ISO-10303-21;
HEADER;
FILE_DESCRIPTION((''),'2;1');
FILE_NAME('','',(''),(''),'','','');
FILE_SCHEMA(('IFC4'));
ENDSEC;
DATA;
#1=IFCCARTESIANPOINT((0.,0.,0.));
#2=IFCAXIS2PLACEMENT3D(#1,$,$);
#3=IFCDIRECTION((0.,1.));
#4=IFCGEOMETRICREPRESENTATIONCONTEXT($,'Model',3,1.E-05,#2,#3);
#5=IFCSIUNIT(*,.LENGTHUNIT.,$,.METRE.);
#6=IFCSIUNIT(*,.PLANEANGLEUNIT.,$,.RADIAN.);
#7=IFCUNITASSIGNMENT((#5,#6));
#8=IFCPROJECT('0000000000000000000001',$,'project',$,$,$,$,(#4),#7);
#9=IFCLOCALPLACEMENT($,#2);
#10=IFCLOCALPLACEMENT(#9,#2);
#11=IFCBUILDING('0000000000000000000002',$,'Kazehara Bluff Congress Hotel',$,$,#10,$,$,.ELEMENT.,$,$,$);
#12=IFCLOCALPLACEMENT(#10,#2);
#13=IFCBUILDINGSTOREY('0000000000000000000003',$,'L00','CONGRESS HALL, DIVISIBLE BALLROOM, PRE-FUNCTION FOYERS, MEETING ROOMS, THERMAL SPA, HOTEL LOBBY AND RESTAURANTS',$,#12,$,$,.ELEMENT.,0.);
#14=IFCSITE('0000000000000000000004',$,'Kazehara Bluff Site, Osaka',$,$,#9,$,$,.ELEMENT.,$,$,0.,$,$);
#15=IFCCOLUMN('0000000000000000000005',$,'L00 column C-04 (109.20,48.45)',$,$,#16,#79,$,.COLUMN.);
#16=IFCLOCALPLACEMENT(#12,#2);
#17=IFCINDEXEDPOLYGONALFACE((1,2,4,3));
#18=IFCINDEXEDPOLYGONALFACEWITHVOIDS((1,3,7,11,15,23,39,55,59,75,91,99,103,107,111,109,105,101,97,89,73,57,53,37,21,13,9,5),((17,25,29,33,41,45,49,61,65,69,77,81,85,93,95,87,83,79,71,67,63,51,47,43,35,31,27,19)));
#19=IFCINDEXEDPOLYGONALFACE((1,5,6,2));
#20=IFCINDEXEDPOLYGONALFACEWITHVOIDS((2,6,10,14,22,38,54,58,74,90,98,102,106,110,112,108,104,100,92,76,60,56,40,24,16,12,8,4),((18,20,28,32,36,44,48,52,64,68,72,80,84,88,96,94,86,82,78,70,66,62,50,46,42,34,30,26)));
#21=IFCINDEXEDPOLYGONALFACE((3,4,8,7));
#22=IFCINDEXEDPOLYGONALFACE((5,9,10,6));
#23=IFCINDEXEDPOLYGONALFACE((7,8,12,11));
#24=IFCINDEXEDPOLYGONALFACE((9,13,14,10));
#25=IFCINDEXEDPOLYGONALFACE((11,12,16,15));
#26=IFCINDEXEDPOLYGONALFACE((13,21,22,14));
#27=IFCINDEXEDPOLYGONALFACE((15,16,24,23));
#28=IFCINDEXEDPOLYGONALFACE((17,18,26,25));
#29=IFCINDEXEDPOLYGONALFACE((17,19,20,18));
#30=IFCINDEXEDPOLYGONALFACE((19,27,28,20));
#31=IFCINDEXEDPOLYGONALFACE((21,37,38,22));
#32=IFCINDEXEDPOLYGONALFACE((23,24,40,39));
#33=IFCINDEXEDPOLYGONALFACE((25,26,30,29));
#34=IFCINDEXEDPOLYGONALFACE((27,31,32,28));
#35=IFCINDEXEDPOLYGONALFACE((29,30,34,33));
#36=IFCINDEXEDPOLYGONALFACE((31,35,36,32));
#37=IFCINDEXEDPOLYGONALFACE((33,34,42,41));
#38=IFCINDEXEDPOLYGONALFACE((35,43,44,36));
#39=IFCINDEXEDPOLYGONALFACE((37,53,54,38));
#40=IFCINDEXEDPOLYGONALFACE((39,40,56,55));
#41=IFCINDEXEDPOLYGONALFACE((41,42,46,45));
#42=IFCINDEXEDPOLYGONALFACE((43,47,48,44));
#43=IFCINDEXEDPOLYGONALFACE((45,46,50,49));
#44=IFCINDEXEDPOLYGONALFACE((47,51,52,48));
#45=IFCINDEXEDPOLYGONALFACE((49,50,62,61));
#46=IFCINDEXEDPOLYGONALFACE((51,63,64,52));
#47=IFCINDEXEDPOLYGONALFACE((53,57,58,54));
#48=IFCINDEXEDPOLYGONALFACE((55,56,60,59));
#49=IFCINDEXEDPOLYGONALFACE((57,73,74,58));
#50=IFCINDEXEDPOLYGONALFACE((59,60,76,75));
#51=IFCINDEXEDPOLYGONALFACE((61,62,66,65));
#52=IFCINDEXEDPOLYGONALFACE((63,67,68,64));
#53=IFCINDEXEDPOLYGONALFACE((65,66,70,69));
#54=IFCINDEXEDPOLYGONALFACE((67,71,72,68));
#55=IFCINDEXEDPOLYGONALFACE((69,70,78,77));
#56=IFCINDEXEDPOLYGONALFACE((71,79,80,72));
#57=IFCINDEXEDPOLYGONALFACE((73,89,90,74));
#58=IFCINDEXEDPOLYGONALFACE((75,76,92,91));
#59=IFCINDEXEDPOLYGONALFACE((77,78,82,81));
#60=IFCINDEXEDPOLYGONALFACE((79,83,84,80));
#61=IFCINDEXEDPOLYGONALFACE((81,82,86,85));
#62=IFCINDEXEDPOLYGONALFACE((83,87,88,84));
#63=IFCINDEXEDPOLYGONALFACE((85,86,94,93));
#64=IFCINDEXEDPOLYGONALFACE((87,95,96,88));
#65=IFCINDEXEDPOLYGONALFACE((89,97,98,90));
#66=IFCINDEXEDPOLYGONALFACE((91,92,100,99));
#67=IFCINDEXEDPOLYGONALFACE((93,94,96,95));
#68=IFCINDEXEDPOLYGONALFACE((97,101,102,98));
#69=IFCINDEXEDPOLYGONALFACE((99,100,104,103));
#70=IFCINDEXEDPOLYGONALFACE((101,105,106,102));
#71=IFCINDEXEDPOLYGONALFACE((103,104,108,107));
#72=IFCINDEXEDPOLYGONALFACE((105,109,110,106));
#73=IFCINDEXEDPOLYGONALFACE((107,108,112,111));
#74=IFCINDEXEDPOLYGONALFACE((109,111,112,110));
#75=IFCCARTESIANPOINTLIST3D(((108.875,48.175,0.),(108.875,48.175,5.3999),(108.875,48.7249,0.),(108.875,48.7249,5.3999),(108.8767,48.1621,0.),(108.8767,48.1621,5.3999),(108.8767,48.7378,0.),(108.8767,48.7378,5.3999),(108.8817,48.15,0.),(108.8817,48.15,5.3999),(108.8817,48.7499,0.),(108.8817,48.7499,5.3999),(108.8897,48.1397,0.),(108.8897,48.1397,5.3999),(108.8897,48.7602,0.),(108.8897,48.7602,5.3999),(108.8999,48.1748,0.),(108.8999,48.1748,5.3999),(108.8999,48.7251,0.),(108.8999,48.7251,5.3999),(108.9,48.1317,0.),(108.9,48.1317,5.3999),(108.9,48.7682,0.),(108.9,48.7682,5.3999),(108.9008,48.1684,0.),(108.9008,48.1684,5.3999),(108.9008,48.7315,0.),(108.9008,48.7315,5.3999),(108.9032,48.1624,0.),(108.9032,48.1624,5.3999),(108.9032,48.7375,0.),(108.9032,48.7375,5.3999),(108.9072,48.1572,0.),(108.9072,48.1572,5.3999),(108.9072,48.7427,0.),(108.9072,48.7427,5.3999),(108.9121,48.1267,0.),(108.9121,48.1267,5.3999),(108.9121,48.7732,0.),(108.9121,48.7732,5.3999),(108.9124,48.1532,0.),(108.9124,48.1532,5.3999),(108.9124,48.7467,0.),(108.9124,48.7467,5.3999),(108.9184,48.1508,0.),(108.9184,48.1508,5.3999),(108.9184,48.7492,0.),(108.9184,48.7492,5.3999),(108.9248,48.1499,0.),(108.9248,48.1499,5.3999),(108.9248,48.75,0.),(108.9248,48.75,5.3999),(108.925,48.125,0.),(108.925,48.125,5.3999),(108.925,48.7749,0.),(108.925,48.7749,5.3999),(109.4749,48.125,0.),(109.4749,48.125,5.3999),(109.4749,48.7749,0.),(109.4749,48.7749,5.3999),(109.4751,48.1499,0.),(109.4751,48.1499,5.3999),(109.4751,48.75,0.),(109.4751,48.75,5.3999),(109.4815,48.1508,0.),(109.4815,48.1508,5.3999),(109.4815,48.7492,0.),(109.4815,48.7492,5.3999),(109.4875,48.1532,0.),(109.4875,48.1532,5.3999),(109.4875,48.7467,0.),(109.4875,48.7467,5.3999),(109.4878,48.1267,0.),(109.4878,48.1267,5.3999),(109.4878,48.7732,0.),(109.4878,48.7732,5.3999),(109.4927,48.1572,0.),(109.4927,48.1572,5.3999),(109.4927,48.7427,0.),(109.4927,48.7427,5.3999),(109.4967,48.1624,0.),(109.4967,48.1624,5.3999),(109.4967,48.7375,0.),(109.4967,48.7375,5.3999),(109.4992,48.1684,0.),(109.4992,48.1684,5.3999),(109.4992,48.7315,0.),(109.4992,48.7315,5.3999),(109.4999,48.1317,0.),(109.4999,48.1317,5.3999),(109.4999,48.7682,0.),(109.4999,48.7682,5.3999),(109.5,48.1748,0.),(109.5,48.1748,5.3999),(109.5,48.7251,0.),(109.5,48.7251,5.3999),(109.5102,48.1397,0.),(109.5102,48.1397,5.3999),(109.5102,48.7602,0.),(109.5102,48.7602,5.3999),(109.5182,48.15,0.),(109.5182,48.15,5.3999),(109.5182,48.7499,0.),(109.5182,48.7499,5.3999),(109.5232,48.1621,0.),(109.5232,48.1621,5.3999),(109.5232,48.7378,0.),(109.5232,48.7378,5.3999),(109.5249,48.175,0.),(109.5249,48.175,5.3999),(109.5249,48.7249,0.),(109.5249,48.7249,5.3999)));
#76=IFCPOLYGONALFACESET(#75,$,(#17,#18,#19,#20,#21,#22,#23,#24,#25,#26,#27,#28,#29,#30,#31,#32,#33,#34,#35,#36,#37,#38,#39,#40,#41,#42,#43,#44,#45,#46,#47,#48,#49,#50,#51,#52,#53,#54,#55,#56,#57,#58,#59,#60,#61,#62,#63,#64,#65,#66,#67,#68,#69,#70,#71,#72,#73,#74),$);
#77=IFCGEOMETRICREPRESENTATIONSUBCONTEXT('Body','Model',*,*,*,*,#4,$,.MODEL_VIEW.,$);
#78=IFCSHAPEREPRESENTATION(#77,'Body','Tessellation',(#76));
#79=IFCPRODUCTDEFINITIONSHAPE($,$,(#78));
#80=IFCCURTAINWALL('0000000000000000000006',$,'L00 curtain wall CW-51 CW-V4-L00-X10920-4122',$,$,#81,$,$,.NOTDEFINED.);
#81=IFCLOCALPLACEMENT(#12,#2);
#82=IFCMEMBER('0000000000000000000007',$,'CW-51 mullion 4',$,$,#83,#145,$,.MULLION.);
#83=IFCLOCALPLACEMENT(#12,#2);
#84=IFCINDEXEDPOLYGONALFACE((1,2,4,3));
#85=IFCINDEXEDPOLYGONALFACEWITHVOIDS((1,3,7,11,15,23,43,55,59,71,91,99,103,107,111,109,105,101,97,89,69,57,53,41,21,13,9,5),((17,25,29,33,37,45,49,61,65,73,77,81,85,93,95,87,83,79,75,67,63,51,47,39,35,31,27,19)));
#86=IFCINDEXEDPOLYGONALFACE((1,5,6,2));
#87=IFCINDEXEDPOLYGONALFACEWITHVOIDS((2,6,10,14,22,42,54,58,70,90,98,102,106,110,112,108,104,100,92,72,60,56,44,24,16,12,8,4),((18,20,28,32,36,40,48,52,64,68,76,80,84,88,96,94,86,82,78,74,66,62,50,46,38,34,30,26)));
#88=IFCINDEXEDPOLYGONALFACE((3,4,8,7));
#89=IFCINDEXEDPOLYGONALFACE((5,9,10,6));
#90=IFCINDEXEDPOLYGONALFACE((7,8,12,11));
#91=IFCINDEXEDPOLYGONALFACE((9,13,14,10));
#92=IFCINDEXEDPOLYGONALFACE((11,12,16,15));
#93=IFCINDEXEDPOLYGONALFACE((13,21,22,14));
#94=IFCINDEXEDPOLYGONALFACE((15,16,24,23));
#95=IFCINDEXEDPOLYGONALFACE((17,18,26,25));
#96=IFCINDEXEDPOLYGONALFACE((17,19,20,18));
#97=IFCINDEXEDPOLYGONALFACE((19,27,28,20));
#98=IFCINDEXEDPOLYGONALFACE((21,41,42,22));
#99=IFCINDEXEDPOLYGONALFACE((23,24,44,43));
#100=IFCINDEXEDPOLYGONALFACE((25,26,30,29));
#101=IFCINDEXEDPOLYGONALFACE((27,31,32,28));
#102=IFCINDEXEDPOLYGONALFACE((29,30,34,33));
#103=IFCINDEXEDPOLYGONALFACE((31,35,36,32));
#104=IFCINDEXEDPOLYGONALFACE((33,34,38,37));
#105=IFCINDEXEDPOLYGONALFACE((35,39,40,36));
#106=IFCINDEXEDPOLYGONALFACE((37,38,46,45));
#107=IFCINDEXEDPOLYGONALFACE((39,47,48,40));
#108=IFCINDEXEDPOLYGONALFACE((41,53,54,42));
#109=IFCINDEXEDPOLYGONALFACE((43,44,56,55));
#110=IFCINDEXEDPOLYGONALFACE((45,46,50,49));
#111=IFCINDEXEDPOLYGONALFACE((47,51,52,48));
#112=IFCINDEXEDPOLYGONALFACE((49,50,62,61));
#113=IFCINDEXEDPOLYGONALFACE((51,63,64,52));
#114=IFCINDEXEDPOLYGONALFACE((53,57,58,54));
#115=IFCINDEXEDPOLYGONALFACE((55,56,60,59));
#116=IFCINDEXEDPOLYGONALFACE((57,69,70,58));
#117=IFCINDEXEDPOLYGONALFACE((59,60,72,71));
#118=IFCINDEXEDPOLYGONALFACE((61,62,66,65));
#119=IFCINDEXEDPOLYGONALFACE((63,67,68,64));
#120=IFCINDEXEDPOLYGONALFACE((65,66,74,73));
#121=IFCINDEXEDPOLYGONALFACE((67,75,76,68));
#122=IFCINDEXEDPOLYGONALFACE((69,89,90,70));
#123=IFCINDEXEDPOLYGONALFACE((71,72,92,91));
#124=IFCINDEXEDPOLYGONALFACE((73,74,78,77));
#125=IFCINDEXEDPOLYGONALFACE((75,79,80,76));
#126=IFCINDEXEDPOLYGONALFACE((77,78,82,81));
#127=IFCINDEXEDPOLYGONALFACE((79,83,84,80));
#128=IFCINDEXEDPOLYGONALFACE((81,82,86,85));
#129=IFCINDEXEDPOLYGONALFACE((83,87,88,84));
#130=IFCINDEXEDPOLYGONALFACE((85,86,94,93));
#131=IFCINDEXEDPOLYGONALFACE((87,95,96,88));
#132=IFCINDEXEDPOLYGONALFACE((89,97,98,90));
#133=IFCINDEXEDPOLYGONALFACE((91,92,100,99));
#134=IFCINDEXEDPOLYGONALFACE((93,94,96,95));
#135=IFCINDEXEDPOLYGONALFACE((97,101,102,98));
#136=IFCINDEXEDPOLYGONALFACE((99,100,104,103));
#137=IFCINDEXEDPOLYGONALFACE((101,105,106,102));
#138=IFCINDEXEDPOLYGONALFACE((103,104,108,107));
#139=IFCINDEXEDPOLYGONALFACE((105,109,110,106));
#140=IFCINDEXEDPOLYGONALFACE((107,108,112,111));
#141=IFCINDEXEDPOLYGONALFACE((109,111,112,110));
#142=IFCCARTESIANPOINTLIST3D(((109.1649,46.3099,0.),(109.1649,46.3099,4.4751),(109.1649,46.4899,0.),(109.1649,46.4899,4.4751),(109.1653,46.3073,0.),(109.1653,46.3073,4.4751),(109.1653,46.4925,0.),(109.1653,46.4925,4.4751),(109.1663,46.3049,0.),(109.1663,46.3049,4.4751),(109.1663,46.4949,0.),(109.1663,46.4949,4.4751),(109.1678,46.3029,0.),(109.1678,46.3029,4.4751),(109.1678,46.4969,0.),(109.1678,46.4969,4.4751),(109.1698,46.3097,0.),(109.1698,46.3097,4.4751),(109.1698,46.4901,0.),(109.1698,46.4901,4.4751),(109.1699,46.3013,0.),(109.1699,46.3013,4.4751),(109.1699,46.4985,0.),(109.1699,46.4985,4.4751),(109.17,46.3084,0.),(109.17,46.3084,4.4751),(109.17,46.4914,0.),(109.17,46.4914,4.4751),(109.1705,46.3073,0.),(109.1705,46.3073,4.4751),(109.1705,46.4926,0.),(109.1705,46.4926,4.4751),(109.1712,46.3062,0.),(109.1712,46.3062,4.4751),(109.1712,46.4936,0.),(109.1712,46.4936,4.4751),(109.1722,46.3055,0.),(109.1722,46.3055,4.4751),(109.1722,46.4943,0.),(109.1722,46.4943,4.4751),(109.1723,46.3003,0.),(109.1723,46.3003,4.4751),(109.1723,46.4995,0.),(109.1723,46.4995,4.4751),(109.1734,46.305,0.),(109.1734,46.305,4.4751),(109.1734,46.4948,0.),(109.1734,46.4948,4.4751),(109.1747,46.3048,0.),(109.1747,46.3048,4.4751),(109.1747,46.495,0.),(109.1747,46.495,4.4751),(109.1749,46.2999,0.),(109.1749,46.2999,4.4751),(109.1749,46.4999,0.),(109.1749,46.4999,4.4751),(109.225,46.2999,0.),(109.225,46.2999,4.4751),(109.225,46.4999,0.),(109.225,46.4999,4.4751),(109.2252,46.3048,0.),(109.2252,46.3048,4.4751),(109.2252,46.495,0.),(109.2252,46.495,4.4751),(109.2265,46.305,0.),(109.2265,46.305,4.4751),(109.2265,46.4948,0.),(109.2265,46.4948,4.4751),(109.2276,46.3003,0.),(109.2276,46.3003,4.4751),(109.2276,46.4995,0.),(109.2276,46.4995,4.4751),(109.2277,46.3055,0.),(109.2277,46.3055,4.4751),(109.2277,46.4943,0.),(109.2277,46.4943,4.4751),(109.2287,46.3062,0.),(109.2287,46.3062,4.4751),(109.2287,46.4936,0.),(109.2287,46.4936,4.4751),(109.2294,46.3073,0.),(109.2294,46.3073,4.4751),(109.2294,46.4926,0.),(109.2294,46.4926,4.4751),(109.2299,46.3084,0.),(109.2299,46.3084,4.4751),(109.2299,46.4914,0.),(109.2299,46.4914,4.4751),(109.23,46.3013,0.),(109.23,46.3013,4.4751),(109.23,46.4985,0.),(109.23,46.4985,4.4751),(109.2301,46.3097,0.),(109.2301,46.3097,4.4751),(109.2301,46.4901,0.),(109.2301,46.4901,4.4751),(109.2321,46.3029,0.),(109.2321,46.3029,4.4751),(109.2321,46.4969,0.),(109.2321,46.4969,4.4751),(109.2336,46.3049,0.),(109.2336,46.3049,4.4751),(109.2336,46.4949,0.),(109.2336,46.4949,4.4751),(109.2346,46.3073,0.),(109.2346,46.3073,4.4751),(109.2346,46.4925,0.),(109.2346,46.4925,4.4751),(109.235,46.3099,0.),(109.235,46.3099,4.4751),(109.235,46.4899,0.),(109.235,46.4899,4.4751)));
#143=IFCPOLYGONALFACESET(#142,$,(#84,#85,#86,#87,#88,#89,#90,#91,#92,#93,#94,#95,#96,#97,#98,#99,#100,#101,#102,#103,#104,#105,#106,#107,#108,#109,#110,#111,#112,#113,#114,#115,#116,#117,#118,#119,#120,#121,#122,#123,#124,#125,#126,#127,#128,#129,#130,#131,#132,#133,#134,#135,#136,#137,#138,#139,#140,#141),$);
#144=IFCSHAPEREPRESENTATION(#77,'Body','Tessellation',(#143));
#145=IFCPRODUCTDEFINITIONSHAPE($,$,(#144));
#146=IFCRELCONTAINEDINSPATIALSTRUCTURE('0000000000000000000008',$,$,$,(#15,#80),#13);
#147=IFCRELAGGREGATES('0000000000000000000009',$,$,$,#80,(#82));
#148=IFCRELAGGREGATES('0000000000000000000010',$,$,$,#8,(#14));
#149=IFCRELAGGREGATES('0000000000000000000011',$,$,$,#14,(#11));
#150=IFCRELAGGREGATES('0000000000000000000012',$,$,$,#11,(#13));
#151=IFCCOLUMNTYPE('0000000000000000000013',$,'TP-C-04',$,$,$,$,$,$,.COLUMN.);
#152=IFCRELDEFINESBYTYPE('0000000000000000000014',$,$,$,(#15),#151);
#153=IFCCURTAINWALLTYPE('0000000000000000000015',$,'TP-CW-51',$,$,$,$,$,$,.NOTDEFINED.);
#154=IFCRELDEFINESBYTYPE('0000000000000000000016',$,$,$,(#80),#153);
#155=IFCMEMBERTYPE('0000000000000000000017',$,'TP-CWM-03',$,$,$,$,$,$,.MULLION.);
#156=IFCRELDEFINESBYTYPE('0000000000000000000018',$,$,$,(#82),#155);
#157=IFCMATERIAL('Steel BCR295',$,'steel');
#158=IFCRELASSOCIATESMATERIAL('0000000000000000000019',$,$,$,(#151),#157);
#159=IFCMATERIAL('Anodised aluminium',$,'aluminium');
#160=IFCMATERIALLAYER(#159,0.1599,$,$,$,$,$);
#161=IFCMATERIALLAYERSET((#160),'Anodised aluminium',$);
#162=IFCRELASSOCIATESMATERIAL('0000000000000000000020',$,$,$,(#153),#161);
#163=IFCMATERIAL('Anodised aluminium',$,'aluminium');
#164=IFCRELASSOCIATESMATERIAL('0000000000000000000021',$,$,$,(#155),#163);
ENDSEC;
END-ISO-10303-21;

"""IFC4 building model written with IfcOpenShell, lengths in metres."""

from ifc_helpers import new_model, si_unit, direction, frame, origin, origin_2d, place, context, subcontext, project, spatial, hollow_rectangle, extrude, material, layer, layer_set, material_profile, profile_set, type_object, element, aggregate, save


model = new_model("IFC4")

# Units and contexts
model_context = context("Model", 3, precision=1e-05, world=origin(), true_north=direction((0.0, 1.0)))
body_context = subcontext(model_context, "Body", "Model", "MODEL_VIEW")
ifc_project = project(units=[si_unit("LENGTHUNIT", "METRE"), si_unit("PLANEANGLEUNIT", "RADIAN")], contexts=[model_context])

# Site, building, storey
site_placement = place(None, origin())
site = spatial("IfcSite", under=ifc_project, at=site_placement, Name="Kazehara Bluff Site, Osaka", CompositionType="ELEMENT", RefElevation=0.0)
building_placement = place(site_placement, origin())
building = spatial("IfcBuilding", under=site, at=building_placement, Name="Kazehara Bluff Congress Hotel", CompositionType="ELEMENT")
storey_placement = place(building_placement, origin())
storey = spatial("IfcBuildingStorey", under=building, at=storey_placement, Name="L00", Description="CONGRESS HALL, DIVISIBLE BALLROOM, PRE-FUNCTION FOYERS, MEETING ROOMS, THERMAL SPA, HOTEL LOBBY AND RESTAURANTS", CompositionType="ELEMENT", Elevation=0.0)

# Column
ifc_material_1 = material(Name="Steel BCR295", Category="steel")
ifc_material_profile_1 = material_profile(ifc_material_1, hollow_rectangle(XDim=0.6499, YDim=0.6499, WallThickness=0.0249, InnerFilletRadius=0.0249, OuterFilletRadius=0.05, at=origin_2d()))
ifc_profile_set_1 = profile_set([ifc_material_profile_1], Name="Steel BCR295")
column_type = type_object("IfcColumnType", Name="TP-C-04", PredefinedType="COLUMN", material=ifc_profile_set_1)
column_placement = place(storey_placement, frame((109.2, 48.45, 0.0), z_axis=(0.0, 0.0, 1.0), x_axis=(1.0, 0.0, 0.0)))
element("IfcColumn", 1, at=column_placement, inside=storey, type_object=column_type, Name="L00 column C-04 (109.20,48.45)", PredefinedType="COLUMN", context=body_context, shape_type="SweptSolid", body=[
    extrude(hollow_rectangle(XDim=0.6499, YDim=0.6499, WallThickness=0.0249, InnerFilletRadius=0.0249, OuterFilletRadius=0.05, at=origin_2d()), origin(), (0.0, 0.0, 1.0), 5.3999),
])

# Curtain wall, member
ifc_material_2 = material(Name="Anodised aluminium", Category="aluminium")
ifc_layer_1 = layer(ifc_material_2, 0.1599)
ifc_layer_set_1 = layer_set([ifc_layer_1], Name="Anodised aluminium")
curtain_wall_type_1 = type_object("IfcCurtainWallType", Name="TP-CW-51", PredefinedType="NOTDEFINED", material=ifc_layer_set_1)
curtain_wall_1_placement = place(storey_placement, origin())
curtain_wall_1 = element("IfcCurtainWall", 2, at=curtain_wall_1_placement, inside=storey, type_object=curtain_wall_type_1, Name="L00 curtain wall CW-51 CW-V4-L00-X10920-4122", PredefinedType="NOTDEFINED")
ifc_material_3 = material(Name="Anodised aluminium", Category="aluminium")
ifc_material_profile_2 = material_profile(ifc_material_3, hollow_rectangle(XDim=0.0701, YDim=0.2, WallThickness=0.0049, InnerFilletRadius=0.0049, OuterFilletRadius=0.01, at=origin_2d()))
ifc_profile_set_2 = profile_set([ifc_material_profile_2], Name="Anodised aluminium")
member_type_1 = type_object("IfcMemberType", Name="TP-CWM-03", PredefinedType="MULLION", material=ifc_profile_set_2)
member_1_placement = place(storey_placement, frame((109.2, 46.3999, 0.0), z_axis=(0.0, 0.0, 1.0), x_axis=(-1.0, 0.0, 0.0)))
member_1 = element("IfcMember", 3, at=member_1_placement, type_object=member_type_1, Name="CW-51 mullion 4", PredefinedType="MULLION", context=body_context, shape_type="SweptSolid", body=[
    extrude(hollow_rectangle(XDim=0.0701, YDim=0.2, WallThickness=0.0049, InnerFilletRadius=0.0049, OuterFilletRadius=0.01, at=origin_2d()), origin(), (0.0, 0.0, 1.0), 4.4751),
])

aggregate(curtain_wall_1, [member_1])

save(model, "model.ifc")
